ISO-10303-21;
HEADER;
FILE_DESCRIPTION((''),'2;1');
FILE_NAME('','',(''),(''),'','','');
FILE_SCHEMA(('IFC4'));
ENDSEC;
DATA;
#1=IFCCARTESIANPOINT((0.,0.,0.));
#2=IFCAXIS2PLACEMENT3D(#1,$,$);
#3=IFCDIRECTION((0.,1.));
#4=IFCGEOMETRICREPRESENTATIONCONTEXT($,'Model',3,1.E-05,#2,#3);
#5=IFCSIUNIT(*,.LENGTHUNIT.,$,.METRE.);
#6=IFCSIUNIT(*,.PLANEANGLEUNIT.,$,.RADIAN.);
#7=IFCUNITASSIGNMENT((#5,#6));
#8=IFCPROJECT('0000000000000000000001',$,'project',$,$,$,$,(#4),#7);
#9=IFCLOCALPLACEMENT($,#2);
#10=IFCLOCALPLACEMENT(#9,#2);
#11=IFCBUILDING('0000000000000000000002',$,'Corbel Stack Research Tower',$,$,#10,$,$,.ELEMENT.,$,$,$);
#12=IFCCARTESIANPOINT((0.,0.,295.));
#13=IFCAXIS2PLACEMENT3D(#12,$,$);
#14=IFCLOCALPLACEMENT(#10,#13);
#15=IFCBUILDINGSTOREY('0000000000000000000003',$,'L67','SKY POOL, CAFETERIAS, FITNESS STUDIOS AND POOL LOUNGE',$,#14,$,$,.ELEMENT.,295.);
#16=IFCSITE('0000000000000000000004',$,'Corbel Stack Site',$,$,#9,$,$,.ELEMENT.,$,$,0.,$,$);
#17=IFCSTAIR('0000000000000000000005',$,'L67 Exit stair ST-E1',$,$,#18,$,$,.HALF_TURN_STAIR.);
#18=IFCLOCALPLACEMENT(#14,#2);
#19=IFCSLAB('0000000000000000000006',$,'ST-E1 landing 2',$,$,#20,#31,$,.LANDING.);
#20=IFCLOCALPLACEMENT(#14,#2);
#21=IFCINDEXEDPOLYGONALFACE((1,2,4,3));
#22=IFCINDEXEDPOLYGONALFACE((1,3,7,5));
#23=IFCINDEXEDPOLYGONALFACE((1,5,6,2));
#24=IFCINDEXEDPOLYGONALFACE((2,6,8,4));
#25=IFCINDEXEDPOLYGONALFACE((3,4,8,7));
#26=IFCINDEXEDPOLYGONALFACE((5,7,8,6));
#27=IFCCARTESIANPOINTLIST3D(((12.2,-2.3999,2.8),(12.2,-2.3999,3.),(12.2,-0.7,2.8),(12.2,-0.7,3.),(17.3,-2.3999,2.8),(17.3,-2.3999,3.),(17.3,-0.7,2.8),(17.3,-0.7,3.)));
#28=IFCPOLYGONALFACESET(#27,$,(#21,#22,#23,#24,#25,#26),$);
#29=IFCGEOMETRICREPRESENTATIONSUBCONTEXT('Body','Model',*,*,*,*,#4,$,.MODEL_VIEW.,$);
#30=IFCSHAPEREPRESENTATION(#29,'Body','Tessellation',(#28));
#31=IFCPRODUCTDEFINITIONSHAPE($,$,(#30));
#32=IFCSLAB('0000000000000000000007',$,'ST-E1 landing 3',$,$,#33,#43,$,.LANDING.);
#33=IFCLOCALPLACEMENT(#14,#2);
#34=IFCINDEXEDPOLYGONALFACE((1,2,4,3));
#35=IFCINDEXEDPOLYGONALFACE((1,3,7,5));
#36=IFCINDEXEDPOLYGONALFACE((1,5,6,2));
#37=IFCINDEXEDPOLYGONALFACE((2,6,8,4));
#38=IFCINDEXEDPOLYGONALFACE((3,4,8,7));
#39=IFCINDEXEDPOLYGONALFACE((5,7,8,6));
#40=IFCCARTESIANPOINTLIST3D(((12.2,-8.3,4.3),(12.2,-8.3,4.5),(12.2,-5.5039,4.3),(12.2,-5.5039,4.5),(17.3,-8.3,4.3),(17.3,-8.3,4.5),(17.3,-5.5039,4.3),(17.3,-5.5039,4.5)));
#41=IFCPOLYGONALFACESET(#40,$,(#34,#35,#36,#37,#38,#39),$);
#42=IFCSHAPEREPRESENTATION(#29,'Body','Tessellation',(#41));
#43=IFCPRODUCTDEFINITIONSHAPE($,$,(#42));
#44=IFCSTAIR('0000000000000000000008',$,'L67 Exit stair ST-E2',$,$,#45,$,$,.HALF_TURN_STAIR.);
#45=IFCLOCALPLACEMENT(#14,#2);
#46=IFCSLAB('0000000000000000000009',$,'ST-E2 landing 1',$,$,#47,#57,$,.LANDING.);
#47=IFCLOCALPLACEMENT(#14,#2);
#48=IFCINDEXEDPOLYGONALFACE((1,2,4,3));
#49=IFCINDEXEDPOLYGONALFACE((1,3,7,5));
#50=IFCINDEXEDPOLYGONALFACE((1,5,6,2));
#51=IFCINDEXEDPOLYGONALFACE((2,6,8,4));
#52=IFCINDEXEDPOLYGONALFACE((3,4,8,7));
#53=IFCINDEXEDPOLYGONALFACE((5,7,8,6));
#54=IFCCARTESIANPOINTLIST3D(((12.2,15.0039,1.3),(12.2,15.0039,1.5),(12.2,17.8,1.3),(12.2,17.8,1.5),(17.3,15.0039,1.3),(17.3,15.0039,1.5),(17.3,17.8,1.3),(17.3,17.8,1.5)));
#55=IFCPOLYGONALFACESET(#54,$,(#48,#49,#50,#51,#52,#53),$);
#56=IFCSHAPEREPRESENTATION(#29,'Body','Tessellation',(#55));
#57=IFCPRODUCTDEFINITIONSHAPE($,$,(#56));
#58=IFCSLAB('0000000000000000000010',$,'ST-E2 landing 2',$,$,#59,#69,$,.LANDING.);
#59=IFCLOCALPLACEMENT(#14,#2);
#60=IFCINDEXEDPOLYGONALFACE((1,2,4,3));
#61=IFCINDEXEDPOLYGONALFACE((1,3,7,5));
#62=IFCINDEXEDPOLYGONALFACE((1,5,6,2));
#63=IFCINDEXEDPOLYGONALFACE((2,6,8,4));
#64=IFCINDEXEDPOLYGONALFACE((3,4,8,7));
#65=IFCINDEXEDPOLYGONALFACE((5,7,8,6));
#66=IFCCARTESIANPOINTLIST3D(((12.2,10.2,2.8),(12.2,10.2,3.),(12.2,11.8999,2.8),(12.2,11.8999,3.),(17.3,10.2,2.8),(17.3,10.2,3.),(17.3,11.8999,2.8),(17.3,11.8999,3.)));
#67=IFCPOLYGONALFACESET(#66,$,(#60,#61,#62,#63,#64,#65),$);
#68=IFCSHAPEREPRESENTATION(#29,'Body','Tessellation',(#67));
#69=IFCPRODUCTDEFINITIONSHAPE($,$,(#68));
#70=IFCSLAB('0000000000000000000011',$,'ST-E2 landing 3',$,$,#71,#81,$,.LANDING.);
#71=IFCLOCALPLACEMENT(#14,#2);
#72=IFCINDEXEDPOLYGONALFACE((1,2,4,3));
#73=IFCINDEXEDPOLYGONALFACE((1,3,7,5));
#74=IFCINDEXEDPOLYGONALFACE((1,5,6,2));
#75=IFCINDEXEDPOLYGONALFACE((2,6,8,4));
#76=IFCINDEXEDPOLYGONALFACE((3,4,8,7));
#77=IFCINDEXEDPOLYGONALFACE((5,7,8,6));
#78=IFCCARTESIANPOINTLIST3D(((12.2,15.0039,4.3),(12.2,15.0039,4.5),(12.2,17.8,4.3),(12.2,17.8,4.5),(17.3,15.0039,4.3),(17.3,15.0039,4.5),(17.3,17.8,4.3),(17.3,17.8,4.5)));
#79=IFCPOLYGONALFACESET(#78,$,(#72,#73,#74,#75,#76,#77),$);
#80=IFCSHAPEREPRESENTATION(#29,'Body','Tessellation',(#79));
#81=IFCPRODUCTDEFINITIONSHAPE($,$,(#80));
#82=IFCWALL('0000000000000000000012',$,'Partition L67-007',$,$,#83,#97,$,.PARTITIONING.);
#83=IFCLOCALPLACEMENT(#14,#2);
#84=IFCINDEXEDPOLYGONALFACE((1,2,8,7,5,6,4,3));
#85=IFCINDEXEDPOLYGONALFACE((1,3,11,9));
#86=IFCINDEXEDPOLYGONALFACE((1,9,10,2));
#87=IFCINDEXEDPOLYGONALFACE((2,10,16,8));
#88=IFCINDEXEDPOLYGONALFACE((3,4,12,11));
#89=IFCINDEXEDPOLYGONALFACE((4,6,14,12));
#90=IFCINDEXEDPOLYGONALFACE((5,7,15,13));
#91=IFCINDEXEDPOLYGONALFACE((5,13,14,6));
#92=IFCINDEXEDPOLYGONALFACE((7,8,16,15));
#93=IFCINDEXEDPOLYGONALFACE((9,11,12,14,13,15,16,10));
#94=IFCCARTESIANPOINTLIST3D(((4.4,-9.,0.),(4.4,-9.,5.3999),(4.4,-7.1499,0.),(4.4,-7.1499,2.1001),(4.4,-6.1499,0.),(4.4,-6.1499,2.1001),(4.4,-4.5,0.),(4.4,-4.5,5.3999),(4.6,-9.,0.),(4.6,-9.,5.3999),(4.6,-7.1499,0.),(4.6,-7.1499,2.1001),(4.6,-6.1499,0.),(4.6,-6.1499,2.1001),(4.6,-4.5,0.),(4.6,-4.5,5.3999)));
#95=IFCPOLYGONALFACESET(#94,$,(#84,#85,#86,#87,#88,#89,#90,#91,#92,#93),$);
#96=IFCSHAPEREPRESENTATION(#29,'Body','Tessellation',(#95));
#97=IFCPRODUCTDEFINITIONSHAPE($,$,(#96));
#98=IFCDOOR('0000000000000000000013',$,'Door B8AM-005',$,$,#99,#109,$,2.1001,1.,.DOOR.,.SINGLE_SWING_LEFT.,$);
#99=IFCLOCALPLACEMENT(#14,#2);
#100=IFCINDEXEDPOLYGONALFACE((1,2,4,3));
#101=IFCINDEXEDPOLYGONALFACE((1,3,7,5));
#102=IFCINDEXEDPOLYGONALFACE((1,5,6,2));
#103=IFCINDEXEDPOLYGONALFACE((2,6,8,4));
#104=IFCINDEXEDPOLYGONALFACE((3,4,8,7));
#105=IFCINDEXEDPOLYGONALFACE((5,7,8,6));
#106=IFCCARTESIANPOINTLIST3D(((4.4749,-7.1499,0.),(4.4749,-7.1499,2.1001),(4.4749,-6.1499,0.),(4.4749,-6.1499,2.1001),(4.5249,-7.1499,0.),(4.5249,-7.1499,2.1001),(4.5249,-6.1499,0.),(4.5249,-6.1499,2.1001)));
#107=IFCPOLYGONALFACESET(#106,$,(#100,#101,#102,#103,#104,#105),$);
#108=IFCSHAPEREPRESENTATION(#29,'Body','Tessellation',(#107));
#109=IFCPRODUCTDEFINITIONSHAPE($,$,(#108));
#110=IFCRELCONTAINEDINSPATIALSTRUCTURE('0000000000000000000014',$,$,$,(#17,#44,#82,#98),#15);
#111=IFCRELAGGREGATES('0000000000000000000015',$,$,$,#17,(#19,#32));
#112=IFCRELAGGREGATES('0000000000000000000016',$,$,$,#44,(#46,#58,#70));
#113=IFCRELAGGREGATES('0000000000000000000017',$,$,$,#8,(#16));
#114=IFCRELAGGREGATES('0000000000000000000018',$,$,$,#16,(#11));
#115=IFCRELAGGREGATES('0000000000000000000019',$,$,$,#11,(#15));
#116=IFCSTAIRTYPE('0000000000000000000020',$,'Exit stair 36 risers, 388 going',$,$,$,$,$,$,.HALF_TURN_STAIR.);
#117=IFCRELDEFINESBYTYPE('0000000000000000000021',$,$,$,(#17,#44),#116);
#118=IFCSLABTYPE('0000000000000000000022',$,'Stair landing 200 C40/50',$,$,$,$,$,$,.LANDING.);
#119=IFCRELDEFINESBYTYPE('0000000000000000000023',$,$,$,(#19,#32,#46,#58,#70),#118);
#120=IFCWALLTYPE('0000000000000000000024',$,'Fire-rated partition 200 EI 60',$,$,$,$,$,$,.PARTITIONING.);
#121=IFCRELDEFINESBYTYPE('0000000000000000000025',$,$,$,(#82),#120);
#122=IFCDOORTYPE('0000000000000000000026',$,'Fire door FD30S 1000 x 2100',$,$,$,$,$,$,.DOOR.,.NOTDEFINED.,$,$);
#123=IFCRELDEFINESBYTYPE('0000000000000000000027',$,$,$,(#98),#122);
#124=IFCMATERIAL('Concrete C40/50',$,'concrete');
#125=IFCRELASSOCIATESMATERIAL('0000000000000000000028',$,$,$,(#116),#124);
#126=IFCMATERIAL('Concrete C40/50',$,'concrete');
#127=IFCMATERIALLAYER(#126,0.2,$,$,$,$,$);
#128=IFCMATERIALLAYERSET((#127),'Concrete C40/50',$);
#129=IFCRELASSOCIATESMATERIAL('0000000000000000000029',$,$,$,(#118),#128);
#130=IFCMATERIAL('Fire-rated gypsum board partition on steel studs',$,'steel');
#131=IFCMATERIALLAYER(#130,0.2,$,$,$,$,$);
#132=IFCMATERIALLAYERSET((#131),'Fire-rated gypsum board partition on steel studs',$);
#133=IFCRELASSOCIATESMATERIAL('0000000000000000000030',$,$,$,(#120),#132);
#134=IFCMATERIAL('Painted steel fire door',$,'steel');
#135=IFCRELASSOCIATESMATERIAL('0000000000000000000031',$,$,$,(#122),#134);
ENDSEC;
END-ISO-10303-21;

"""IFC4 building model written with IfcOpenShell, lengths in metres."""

from ifc_helpers import new_model, si_unit, direction, frame, frame_2d, origin, place, context, subcontext, project, spatial, polyline, rectangle, outline, extrude, material, layer, layer_set, type_object, element, fill, aggregate, save


model = new_model("IFC4")

# Units and contexts
model_context = context("Model", 3, precision=1e-05, world=origin(), true_north=direction((0.0, 1.0)))
body_context = subcontext(model_context, "Body", "Model", "MODEL_VIEW")
ifc_project = project(units=[si_unit("LENGTHUNIT", "METRE"), si_unit("PLANEANGLEUNIT", "RADIAN")], contexts=[model_context])

# Site, building, storey
site_placement = place(None, origin())
site = spatial("IfcSite", under=ifc_project, at=site_placement, Name="Corbel Stack Site", CompositionType="ELEMENT", RefElevation=0.0)
building_placement = place(site_placement, origin())
building = spatial("IfcBuilding", under=site, at=building_placement, Name="Corbel Stack Research Tower", CompositionType="ELEMENT")
storey_placement = place(building_placement, frame((0.0, 0.0, 295.0)))
storey = spatial("IfcBuildingStorey", under=building, at=storey_placement, Name="L67", Description="SKY POOL, CAFETERIAS, FITNESS STUDIOS AND POOL LOUNGE", CompositionType="ELEMENT", Elevation=295.0)

# Stairs, slabs
ifc_material_1 = material(Name="Concrete C40/50", Category="concrete")
stair_type = type_object("IfcStairType", Name="Exit stair 36 risers, 388 going", PredefinedType="HALF_TURN_STAIR", material=ifc_material_1)
ifc_material_2 = material(Name="Concrete C40/50", Category="concrete")
ifc_layer_1 = layer(ifc_material_2, 0.2)
ifc_layer_set_1 = layer_set([ifc_layer_1], Name="Concrete C40/50")
slab_type_1 = type_object("IfcSlabType", Name="Stair landing 200 C40/50", PredefinedType="LANDING", material=ifc_layer_set_1)
stair_1_placement = place(storey_placement, origin())
stair_1 = element("IfcStair", 1, at=stair_1_placement, inside=storey, type_object=stair_type, Name="L67 Exit stair ST-E1", PredefinedType="HALF_TURN_STAIR")
slab_1_placement = place(storey_placement, frame((0.0, 0.0, 2.8)))
slab_1 = element("IfcSlab", 2, at=slab_1_placement, type_object=slab_type_1, Name="ST-E1 landing 2", PredefinedType="LANDING", context=body_context, shape_type="SweptSolid", body=[
    extrude(outline(polyline([(12.2, -2.3999), (12.2, -0.7), (17.3, -0.7), (17.3, -2.3999), (12.2, -2.3999)])), origin(), (0.0, 0.0, 1.0), 0.2),
])
slab_2_placement = place(storey_placement, frame((0.0, 0.0, 4.3)))
slab_2 = element("IfcSlab", 3, at=slab_2_placement, type_object=slab_type_1, Name="ST-E1 landing 3", PredefinedType="LANDING", context=body_context, shape_type="SweptSolid", body=[
    extrude(outline(polyline([(12.2, -8.3), (12.2, -5.5039), (17.3, -5.5039), (17.3, -8.3), (12.2, -8.3)])), origin(), (0.0, 0.0, 1.0), 0.2),
])
aggregate(stair_1, [slab_1, slab_2])
stair_2_placement = place(storey_placement, origin())
stair_2 = element("IfcStair", 4, at=stair_2_placement, inside=storey, type_object=stair_type, Name="L67 Exit stair ST-E2", PredefinedType="HALF_TURN_STAIR")
slab_3_placement = place(storey_placement, frame((0.0, 0.0, 1.3)))
slab_3 = element("IfcSlab", 5, at=slab_3_placement, type_object=slab_type_1, Name="ST-E2 landing 1", PredefinedType="LANDING", context=body_context, shape_type="SweptSolid", body=[
    extrude(outline(polyline([(12.2, 15.0039), (12.2, 17.8), (17.3, 17.8), (17.3, 15.0039), (12.2, 15.0039)])), origin(), (0.0, 0.0, 1.0), 0.2),
])
slab_4_placement = place(storey_placement, frame((0.0, 0.0, 2.8)))
slab_4 = element("IfcSlab", 6, at=slab_4_placement, type_object=slab_type_1, Name="ST-E2 landing 2", PredefinedType="LANDING", context=body_context, shape_type="SweptSolid", body=[
    extrude(outline(polyline([(12.2, 10.2), (12.2, 11.8999), (17.3, 11.8999), (17.3, 10.2), (12.2, 10.2)])), origin(), (0.0, 0.0, 1.0), 0.2),
])
slab_5_placement = place(storey_placement, frame((0.0, 0.0, 4.3)))
slab_5 = element("IfcSlab", 7, at=slab_5_placement, type_object=slab_type_1, Name="ST-E2 landing 3", PredefinedType="LANDING", context=body_context, shape_type="SweptSolid", body=[
    extrude(outline(polyline([(12.2, 15.0039), (12.2, 17.8), (17.3, 17.8), (17.3, 15.0039), (12.2, 15.0039)])), origin(), (0.0, 0.0, 1.0), 0.2),
])
aggregate(stair_2, [slab_3, slab_4, slab_5])

# Wall, opening, door
ifc_material_3 = material(Name="Fire-rated gypsum board partition on steel studs", Category="steel")
ifc_layer_2 = layer(ifc_material_3, 0.2)
ifc_layer_set_2 = layer_set([ifc_layer_2], Name="Fire-rated gypsum board partition on steel studs")
wall_type = type_object("IfcWallType", Name="Fire-rated partition 200 EI 60", PredefinedType="PARTITIONING", material=ifc_layer_set_2)
wall_placement = place(storey_placement, frame((4.5, -4.5, 0.0), z_axis=(0.0, 0.0, 1.0), x_axis=(0.0, -1.0, 0.0)))
wall = element("IfcWall", 8, at=wall_placement, inside=storey, type_object=wall_type, Name="Partition L67-007", PredefinedType="PARTITIONING", context=body_context, shape_type="SweptSolid", body=[
    extrude(rectangle(XDim=4.5, YDim=0.2, at=frame_2d((2.25, 0.0))), origin(), (0.0, 0.0, 1.0), 5.3999),
])
opening_placement = place(wall_placement, frame((1.6499, 0.0, 0.0)))
opening = element("IfcOpeningElement", 9, at=opening_placement, cuts=wall, PredefinedType="OPENING", context=body_context, shape_type="SweptSolid", body=[
    extrude(rectangle(XDim=1.0, YDim=2.1001, at=frame_2d((0.5, 1.05))), frame((0.0, 0.1099, 0.0), z_axis=(0.0, -1.0, 0.0), x_axis=(1.0, 0.0, 0.0)), (0.0, 0.0, 1.0), 0.22),
])
ifc_material_4 = material(Name="Painted steel fire door", Category="steel")
door_type = type_object("IfcDoorType", Name="Fire door FD30S 1000 x 2100", OperationType="NOTDEFINED", PredefinedType="DOOR", material=ifc_material_4)
door_placement = place(opening_placement, origin())
door = element("IfcDoor", 10, at=door_placement, inside=storey, type_object=door_type, Name="Door B8AM-005", OperationType="SINGLE_SWING_LEFT", OverallHeight=2.1001, OverallWidth=1.0, PredefinedType="DOOR", context=body_context, shape_type="SweptSolid", body=[
    extrude(rectangle(XDim=1.0, YDim=2.1001, at=frame_2d((0.5, 1.05))), frame((0.0, 0.0249, 0.0), z_axis=(0.0, -1.0, 0.0), x_axis=(1.0, 0.0, 0.0)), (0.0, 0.0, 1.0), 0.05),
])
fill(opening, door)

save(model, "model.ifc")
